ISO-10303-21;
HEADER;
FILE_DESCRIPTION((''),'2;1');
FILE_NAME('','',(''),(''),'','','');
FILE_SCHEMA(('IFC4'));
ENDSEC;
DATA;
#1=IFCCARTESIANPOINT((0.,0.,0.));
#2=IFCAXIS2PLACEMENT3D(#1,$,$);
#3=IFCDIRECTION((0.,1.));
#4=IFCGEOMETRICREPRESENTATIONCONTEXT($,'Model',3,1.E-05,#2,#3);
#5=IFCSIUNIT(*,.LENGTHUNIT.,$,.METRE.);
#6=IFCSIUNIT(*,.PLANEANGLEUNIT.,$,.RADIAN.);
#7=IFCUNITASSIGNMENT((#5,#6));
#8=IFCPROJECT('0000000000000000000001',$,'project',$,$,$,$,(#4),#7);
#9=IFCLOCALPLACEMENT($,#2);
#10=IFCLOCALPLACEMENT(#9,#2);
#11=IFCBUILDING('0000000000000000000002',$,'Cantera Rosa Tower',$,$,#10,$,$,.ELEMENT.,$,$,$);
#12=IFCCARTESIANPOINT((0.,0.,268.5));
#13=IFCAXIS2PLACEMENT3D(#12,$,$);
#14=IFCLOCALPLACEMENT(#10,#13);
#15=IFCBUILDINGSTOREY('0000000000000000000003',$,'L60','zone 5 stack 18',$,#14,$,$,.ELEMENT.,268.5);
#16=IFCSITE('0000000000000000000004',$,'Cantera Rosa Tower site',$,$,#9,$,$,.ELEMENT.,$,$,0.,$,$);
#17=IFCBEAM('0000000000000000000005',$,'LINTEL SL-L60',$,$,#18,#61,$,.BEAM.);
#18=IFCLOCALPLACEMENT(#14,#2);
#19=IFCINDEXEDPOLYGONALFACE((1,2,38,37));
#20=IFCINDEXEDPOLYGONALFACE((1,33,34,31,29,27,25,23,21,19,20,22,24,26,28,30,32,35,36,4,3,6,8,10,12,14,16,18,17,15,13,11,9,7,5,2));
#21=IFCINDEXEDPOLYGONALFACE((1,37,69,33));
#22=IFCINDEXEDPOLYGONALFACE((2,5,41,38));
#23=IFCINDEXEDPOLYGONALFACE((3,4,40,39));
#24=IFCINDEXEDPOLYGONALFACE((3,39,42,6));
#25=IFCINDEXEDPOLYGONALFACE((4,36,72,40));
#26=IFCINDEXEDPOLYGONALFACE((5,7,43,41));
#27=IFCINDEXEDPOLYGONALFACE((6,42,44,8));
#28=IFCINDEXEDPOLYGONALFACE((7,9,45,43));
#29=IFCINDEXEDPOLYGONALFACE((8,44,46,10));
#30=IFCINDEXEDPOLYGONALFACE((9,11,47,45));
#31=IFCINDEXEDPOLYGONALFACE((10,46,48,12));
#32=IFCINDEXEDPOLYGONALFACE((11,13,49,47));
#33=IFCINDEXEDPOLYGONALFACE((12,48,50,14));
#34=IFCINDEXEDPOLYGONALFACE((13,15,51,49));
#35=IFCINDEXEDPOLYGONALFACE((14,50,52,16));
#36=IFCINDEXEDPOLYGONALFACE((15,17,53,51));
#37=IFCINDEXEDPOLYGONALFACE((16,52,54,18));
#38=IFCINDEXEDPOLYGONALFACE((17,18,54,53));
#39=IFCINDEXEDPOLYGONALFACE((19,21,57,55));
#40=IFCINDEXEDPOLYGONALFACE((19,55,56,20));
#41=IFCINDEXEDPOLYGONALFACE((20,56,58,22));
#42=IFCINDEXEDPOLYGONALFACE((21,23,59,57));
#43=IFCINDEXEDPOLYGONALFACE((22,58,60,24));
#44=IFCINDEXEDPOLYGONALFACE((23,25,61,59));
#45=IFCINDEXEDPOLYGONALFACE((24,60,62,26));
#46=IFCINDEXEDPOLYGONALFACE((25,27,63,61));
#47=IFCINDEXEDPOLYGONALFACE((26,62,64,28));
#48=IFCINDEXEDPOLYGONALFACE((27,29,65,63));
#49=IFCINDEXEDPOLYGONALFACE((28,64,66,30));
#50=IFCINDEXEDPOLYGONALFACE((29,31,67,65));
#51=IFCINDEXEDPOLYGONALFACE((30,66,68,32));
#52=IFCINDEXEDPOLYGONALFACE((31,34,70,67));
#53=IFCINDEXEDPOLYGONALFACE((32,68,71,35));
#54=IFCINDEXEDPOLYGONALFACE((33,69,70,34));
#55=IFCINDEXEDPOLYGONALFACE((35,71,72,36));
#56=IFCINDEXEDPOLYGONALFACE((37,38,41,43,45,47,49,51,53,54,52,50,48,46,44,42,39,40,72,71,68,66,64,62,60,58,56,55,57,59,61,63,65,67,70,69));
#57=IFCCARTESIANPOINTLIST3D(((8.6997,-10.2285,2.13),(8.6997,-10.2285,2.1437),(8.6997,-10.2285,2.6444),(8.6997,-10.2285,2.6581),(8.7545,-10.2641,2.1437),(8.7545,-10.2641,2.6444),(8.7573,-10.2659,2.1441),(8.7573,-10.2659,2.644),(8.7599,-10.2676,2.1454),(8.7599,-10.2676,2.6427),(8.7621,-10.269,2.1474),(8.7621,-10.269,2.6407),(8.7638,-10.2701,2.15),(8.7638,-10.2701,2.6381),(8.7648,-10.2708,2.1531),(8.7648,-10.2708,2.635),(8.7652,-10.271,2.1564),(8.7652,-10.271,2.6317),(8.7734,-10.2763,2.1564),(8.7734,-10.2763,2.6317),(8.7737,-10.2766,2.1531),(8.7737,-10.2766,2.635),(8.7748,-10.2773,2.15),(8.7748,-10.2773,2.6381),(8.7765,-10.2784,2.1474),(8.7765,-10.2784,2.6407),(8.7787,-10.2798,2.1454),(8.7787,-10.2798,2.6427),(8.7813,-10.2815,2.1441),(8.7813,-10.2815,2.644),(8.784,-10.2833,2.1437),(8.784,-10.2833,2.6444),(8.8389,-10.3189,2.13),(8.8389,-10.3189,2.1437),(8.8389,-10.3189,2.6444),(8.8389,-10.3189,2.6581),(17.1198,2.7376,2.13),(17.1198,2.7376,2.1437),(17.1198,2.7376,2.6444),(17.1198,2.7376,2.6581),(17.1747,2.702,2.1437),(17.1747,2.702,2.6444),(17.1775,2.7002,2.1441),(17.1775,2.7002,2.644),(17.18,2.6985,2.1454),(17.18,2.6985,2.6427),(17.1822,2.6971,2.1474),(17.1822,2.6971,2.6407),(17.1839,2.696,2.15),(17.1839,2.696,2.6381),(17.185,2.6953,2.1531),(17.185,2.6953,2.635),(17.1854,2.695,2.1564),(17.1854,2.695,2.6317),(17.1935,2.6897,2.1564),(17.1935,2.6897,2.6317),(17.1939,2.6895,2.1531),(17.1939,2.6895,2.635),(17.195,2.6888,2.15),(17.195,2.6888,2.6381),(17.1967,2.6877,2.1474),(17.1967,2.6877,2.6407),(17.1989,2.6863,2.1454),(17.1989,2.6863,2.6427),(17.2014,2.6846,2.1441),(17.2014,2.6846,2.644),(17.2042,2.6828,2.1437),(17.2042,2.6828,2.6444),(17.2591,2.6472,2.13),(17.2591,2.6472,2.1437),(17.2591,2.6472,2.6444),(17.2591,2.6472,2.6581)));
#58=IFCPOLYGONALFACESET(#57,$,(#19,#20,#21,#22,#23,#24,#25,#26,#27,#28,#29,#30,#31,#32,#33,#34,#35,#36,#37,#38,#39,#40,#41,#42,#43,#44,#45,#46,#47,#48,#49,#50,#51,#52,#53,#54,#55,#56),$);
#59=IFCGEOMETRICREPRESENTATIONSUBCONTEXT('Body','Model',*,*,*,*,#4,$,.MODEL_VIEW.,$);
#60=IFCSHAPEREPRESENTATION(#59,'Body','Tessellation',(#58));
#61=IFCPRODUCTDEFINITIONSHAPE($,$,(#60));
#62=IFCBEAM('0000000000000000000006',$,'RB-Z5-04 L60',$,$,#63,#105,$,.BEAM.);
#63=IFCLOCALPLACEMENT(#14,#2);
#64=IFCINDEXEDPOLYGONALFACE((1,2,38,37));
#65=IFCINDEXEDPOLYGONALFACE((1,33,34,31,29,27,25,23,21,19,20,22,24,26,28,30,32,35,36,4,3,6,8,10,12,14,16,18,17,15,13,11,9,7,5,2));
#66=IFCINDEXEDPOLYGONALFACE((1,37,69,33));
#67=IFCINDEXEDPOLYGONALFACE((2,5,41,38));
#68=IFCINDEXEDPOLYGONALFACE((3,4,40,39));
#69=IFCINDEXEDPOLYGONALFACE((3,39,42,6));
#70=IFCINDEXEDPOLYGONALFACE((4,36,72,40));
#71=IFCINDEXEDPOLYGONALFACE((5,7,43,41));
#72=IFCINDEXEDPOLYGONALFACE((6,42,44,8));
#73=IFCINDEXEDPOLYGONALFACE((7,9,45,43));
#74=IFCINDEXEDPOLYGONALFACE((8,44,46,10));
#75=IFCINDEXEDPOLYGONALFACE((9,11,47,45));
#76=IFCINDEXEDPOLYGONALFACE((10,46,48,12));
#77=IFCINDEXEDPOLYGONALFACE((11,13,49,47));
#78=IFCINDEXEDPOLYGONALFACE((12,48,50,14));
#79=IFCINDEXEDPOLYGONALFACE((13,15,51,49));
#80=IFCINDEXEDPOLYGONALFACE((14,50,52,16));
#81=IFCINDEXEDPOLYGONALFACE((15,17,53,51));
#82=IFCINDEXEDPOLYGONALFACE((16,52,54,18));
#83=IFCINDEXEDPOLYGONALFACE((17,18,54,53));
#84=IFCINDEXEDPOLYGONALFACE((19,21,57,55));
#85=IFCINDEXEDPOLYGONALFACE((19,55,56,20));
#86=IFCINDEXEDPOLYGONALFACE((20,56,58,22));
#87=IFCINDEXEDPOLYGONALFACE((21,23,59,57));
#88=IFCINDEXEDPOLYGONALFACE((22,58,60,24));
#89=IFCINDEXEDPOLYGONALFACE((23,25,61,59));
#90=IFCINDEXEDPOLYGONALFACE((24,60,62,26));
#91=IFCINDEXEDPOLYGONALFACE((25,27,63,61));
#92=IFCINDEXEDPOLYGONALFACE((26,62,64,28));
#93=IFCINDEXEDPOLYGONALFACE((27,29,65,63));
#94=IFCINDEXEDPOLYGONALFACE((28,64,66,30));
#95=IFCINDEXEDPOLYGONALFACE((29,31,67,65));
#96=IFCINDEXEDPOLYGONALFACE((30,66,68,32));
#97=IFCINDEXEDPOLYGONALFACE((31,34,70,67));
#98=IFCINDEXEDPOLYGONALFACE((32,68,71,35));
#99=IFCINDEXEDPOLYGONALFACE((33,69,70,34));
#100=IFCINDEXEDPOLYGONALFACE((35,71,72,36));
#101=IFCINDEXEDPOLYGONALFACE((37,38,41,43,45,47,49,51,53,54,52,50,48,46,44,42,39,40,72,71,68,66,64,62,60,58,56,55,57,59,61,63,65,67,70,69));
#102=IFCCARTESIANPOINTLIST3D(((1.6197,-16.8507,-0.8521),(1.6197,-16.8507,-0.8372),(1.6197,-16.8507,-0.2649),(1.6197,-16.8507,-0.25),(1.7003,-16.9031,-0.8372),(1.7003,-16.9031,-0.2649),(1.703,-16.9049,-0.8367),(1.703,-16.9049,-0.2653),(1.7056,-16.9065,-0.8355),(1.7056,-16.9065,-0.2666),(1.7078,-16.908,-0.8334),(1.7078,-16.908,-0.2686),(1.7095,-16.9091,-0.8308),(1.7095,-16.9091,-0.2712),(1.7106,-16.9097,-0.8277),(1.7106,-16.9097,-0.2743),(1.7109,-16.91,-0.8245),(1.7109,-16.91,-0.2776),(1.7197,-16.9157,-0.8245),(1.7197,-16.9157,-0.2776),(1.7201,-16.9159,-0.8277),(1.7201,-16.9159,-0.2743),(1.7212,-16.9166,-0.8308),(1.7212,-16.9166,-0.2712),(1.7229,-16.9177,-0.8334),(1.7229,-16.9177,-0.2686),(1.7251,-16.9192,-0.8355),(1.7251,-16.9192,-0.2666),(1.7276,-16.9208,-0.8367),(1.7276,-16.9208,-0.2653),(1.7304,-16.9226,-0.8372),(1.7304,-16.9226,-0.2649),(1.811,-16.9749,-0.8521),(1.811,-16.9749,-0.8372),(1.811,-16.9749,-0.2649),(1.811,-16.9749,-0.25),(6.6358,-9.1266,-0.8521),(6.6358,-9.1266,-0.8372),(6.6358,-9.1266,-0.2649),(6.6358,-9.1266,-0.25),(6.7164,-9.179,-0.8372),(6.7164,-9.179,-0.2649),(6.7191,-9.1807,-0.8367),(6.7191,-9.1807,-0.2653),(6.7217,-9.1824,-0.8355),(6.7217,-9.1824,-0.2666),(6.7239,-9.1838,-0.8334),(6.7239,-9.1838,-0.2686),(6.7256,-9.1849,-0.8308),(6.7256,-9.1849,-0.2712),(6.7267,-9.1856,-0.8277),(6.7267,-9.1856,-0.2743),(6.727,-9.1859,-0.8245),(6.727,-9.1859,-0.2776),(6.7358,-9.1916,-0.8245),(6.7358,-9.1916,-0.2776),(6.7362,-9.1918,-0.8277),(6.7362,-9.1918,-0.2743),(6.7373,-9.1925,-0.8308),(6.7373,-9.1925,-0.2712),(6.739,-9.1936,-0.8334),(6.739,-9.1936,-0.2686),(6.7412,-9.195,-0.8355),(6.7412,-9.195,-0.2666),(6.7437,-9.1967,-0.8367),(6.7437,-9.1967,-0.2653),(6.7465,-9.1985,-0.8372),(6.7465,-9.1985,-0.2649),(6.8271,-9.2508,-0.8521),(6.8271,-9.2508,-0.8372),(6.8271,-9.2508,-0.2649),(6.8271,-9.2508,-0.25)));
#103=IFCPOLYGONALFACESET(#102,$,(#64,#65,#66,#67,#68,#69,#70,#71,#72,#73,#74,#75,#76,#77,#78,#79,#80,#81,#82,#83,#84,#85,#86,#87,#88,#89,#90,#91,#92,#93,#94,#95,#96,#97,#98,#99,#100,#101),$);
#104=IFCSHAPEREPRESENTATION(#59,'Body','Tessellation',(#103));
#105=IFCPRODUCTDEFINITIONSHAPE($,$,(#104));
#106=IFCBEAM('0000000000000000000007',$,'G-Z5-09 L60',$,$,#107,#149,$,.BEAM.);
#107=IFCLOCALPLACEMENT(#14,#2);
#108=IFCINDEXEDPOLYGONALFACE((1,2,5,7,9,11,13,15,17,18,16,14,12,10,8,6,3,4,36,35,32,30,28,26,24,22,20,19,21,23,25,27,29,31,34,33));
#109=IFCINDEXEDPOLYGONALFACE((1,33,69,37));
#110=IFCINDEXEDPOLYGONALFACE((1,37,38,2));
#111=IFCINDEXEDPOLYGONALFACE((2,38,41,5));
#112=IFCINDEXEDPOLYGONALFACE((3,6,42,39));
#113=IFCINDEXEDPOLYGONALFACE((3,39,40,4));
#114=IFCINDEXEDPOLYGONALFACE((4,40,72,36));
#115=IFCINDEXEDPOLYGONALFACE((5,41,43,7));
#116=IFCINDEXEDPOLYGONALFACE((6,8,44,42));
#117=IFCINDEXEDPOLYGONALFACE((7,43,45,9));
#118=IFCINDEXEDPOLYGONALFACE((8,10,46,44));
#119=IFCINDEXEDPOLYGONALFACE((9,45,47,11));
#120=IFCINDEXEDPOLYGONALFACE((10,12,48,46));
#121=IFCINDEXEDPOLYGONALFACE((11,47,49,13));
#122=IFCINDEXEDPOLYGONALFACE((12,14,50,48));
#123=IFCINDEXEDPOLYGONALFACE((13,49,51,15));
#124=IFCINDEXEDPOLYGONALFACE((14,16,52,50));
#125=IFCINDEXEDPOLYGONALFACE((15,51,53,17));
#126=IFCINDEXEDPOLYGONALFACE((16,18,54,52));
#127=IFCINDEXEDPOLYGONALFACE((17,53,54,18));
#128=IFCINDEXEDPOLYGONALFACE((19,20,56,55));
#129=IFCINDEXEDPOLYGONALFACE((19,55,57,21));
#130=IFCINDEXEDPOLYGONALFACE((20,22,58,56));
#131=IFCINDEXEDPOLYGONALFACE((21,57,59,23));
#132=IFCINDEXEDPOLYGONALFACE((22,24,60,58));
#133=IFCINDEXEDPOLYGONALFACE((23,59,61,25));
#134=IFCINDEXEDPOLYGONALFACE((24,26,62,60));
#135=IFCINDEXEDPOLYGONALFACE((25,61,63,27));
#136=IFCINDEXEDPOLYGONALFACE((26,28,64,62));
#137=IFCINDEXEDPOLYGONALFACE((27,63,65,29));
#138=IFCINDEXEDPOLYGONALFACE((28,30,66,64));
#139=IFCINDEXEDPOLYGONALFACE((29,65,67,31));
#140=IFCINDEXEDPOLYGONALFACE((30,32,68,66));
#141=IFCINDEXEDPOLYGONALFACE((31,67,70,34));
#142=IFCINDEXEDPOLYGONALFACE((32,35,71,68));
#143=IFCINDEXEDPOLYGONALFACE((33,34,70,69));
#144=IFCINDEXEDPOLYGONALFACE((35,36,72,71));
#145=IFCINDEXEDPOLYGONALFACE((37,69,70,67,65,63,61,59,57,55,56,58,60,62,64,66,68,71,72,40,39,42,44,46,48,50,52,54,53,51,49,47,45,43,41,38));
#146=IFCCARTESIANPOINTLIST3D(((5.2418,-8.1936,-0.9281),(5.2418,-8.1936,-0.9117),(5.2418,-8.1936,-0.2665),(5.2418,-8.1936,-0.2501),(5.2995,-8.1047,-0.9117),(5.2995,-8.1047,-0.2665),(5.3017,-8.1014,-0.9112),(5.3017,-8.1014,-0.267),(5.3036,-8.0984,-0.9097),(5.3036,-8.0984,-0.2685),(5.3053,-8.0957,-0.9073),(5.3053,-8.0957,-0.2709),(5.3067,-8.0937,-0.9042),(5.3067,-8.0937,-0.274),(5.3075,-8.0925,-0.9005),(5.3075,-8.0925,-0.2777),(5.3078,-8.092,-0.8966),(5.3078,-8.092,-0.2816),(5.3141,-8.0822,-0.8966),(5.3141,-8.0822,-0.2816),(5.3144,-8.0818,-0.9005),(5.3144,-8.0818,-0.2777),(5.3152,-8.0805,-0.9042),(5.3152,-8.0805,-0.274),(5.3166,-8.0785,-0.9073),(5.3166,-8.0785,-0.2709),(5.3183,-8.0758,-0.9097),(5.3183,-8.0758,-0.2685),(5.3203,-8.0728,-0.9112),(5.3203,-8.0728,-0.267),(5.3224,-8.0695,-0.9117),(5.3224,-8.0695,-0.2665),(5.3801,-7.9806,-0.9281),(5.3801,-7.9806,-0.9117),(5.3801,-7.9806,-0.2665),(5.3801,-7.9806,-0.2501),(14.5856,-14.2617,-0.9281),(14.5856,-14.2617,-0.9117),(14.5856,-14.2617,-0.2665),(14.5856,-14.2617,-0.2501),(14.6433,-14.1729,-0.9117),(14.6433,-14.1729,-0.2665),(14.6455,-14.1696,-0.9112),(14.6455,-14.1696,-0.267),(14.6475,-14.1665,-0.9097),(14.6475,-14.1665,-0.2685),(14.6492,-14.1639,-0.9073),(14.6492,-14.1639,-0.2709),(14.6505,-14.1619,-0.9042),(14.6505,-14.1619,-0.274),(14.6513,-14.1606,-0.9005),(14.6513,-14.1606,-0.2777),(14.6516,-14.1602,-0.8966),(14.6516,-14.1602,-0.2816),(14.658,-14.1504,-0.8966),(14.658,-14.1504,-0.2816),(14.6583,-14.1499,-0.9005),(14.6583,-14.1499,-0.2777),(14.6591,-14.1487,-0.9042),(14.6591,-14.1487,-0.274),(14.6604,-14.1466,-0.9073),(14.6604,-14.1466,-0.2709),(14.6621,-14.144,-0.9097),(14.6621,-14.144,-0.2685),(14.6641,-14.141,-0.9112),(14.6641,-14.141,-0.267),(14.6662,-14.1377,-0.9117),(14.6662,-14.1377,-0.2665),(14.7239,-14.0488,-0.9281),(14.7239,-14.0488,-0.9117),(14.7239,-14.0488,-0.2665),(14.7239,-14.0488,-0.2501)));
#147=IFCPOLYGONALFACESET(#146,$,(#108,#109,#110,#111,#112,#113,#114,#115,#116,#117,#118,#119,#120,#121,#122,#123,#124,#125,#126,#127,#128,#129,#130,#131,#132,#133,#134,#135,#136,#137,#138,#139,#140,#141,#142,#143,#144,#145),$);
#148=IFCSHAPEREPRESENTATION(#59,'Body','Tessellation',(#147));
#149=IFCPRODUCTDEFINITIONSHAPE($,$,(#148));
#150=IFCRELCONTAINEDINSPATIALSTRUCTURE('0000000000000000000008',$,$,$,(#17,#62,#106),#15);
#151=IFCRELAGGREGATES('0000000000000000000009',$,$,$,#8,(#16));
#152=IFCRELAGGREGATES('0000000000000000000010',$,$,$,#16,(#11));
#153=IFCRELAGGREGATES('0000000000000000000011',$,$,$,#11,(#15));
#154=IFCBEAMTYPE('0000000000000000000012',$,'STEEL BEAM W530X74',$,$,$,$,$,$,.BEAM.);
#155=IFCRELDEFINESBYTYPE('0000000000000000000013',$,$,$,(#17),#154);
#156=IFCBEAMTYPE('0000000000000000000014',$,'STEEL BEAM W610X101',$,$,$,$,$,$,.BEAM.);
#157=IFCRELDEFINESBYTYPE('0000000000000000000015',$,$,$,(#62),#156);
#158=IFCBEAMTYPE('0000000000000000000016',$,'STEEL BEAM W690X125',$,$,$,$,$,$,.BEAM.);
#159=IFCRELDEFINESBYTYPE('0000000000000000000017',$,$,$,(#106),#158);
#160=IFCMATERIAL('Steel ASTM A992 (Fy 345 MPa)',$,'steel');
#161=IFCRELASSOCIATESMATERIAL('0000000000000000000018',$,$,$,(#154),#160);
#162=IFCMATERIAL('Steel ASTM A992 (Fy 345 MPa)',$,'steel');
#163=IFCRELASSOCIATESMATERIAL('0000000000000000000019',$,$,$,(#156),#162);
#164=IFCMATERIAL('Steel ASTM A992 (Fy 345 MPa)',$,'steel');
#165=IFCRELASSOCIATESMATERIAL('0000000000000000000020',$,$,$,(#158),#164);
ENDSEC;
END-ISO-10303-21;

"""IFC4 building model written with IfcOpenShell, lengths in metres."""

from ifc_helpers import new_model, si_unit, direction, frame, origin, origin_2d, place, context, subcontext, project, spatial, i_section, extrude, material, material_profile, profile_set, type_object, element, save


model = new_model("IFC4")

# Units and contexts
model_context = context("Model", 3, precision=1e-05, world=origin(), true_north=direction((0.0, 1.0)))
body_context = subcontext(model_context, "Body", "Model", "MODEL_VIEW")
ifc_project = project(units=[si_unit("LENGTHUNIT", "METRE"), si_unit("PLANEANGLEUNIT", "RADIAN")], contexts=[model_context])

# Site, building, storey
site_placement = place(None, origin())
site = spatial("IfcSite", under=ifc_project, at=site_placement, Name="Cantera Rosa Tower site", CompositionType="ELEMENT", RefElevation=0.0)
building_placement = place(site_placement, origin())
building = spatial("IfcBuilding", under=site, at=building_placement, Name="Cantera Rosa Tower", CompositionType="ELEMENT")
storey_placement = place(building_placement, frame((0.0, 0.0, 268.5)))
storey = spatial("IfcBuildingStorey", under=building, at=storey_placement, Name="L60", Description="zone 5 stack 18", CompositionType="ELEMENT", Elevation=268.5)

# Beams
ifc_material_1 = material(Name="Steel ASTM A992 (Fy 345 MPa)", Category="steel")
ifc_material_profile_1 = material_profile(ifc_material_1, i_section(OverallWidth=0.166, OverallDepth=0.5281, WebThickness=0.0098, FlangeThickness=0.0137, FilletRadius=0.0127, at=origin_2d()), Name="W530X74")
ifc_profile_set_1 = profile_set([ifc_material_profile_1], Name="Steel ASTM A992 (Fy 345 MPa)")
beam_type_1 = type_object("IfcBeamType", Name="STEEL BEAM W530X74", PredefinedType="BEAM", material=ifc_profile_set_1)
beam_1_placement = place(storey_placement, frame((8.7693, -10.2737, 2.394), z_axis=(0.544635, 0.838673, 0.0), x_axis=(-0.838673, 0.544635, 0.0)))
element("IfcBeam", 1, at=beam_1_placement, inside=storey, type_object=beam_type_1, Name="LINTEL SL-L60", PredefinedType="BEAM", context=body_context, shape_type="SweptSolid", body=[
    extrude(i_section(OverallWidth=0.166, OverallDepth=0.5281, WebThickness=0.0098, FlangeThickness=0.0137, FilletRadius=0.0127, at=origin_2d()), origin(), (0.0, 0.0, 1.0), 15.4602),
])
ifc_material_2 = material(Name="Steel ASTM A992 (Fy 345 MPa)", Category="steel")
ifc_material_profile_2 = material_profile(ifc_material_2, i_section(OverallWidth=0.228, OverallDepth=0.6021, WebThickness=0.0105, FlangeThickness=0.0149, FilletRadius=0.0127, at=origin_2d()), Name="W610X101")
ifc_profile_set_2 = profile_set([ifc_material_profile_2], Name="Steel ASTM A992 (Fy 345 MPa)")
beam_type_2 = type_object("IfcBeamType", Name="STEEL BEAM W610X101", PredefinedType="BEAM", material=ifc_profile_set_2)
beam_2_placement = place(storey_placement, frame((1.7153, -16.9128, -0.551), z_axis=(0.54464, 0.83867, 0.0), x_axis=(-0.83867, 0.54464, 0.0)))
element("IfcBeam", 2, at=beam_2_placement, inside=storey, type_object=beam_type_2, Name="RB-Z5-04 L60", PredefinedType="BEAM", context=body_context, shape_type="SweptSolid", body=[
    extrude(i_section(OverallWidth=0.228, OverallDepth=0.6021, WebThickness=0.0105, FlangeThickness=0.0149, FilletRadius=0.0127, at=origin_2d()), origin(), (0.0, 0.0, 1.0), 9.21),
])
ifc_material_3 = material(Name="Steel ASTM A992 (Fy 345 MPa)", Category="steel")
ifc_material_profile_3 = material_profile(ifc_material_3, i_section(OverallWidth=0.2539, OverallDepth=0.678, WebThickness=0.0117, FlangeThickness=0.0164, FilletRadius=0.0151, at=origin_2d()), Name="W690X125")
ifc_profile_set_3 = profile_set([ifc_material_profile_3], Name="Steel ASTM A992 (Fy 345 MPa)")
beam_type_3 = type_object("IfcBeamType", Name="STEEL BEAM W690X125", PredefinedType="BEAM", material=ifc_profile_set_3)
beam_3_placement = place(storey_placement, frame((14.6548, -14.1553, -0.5891), z_axis=(-0.838662, 0.544652, 0.0), x_axis=(-0.544652, -0.838662, 0.0)))
element("IfcBeam", 3, at=beam_3_placement, inside=storey, type_object=beam_type_3, Name="G-Z5-09 L60", PredefinedType="BEAM", context=body_context, shape_type="SweptSolid", body=[
    extrude(i_section(OverallWidth=0.2539, OverallDepth=0.678, WebThickness=0.0117, FlangeThickness=0.0164, FilletRadius=0.0151, at=origin_2d()), origin(), (0.0, 0.0, 1.0), 11.1414),
])

save(model, "model.ifc")
